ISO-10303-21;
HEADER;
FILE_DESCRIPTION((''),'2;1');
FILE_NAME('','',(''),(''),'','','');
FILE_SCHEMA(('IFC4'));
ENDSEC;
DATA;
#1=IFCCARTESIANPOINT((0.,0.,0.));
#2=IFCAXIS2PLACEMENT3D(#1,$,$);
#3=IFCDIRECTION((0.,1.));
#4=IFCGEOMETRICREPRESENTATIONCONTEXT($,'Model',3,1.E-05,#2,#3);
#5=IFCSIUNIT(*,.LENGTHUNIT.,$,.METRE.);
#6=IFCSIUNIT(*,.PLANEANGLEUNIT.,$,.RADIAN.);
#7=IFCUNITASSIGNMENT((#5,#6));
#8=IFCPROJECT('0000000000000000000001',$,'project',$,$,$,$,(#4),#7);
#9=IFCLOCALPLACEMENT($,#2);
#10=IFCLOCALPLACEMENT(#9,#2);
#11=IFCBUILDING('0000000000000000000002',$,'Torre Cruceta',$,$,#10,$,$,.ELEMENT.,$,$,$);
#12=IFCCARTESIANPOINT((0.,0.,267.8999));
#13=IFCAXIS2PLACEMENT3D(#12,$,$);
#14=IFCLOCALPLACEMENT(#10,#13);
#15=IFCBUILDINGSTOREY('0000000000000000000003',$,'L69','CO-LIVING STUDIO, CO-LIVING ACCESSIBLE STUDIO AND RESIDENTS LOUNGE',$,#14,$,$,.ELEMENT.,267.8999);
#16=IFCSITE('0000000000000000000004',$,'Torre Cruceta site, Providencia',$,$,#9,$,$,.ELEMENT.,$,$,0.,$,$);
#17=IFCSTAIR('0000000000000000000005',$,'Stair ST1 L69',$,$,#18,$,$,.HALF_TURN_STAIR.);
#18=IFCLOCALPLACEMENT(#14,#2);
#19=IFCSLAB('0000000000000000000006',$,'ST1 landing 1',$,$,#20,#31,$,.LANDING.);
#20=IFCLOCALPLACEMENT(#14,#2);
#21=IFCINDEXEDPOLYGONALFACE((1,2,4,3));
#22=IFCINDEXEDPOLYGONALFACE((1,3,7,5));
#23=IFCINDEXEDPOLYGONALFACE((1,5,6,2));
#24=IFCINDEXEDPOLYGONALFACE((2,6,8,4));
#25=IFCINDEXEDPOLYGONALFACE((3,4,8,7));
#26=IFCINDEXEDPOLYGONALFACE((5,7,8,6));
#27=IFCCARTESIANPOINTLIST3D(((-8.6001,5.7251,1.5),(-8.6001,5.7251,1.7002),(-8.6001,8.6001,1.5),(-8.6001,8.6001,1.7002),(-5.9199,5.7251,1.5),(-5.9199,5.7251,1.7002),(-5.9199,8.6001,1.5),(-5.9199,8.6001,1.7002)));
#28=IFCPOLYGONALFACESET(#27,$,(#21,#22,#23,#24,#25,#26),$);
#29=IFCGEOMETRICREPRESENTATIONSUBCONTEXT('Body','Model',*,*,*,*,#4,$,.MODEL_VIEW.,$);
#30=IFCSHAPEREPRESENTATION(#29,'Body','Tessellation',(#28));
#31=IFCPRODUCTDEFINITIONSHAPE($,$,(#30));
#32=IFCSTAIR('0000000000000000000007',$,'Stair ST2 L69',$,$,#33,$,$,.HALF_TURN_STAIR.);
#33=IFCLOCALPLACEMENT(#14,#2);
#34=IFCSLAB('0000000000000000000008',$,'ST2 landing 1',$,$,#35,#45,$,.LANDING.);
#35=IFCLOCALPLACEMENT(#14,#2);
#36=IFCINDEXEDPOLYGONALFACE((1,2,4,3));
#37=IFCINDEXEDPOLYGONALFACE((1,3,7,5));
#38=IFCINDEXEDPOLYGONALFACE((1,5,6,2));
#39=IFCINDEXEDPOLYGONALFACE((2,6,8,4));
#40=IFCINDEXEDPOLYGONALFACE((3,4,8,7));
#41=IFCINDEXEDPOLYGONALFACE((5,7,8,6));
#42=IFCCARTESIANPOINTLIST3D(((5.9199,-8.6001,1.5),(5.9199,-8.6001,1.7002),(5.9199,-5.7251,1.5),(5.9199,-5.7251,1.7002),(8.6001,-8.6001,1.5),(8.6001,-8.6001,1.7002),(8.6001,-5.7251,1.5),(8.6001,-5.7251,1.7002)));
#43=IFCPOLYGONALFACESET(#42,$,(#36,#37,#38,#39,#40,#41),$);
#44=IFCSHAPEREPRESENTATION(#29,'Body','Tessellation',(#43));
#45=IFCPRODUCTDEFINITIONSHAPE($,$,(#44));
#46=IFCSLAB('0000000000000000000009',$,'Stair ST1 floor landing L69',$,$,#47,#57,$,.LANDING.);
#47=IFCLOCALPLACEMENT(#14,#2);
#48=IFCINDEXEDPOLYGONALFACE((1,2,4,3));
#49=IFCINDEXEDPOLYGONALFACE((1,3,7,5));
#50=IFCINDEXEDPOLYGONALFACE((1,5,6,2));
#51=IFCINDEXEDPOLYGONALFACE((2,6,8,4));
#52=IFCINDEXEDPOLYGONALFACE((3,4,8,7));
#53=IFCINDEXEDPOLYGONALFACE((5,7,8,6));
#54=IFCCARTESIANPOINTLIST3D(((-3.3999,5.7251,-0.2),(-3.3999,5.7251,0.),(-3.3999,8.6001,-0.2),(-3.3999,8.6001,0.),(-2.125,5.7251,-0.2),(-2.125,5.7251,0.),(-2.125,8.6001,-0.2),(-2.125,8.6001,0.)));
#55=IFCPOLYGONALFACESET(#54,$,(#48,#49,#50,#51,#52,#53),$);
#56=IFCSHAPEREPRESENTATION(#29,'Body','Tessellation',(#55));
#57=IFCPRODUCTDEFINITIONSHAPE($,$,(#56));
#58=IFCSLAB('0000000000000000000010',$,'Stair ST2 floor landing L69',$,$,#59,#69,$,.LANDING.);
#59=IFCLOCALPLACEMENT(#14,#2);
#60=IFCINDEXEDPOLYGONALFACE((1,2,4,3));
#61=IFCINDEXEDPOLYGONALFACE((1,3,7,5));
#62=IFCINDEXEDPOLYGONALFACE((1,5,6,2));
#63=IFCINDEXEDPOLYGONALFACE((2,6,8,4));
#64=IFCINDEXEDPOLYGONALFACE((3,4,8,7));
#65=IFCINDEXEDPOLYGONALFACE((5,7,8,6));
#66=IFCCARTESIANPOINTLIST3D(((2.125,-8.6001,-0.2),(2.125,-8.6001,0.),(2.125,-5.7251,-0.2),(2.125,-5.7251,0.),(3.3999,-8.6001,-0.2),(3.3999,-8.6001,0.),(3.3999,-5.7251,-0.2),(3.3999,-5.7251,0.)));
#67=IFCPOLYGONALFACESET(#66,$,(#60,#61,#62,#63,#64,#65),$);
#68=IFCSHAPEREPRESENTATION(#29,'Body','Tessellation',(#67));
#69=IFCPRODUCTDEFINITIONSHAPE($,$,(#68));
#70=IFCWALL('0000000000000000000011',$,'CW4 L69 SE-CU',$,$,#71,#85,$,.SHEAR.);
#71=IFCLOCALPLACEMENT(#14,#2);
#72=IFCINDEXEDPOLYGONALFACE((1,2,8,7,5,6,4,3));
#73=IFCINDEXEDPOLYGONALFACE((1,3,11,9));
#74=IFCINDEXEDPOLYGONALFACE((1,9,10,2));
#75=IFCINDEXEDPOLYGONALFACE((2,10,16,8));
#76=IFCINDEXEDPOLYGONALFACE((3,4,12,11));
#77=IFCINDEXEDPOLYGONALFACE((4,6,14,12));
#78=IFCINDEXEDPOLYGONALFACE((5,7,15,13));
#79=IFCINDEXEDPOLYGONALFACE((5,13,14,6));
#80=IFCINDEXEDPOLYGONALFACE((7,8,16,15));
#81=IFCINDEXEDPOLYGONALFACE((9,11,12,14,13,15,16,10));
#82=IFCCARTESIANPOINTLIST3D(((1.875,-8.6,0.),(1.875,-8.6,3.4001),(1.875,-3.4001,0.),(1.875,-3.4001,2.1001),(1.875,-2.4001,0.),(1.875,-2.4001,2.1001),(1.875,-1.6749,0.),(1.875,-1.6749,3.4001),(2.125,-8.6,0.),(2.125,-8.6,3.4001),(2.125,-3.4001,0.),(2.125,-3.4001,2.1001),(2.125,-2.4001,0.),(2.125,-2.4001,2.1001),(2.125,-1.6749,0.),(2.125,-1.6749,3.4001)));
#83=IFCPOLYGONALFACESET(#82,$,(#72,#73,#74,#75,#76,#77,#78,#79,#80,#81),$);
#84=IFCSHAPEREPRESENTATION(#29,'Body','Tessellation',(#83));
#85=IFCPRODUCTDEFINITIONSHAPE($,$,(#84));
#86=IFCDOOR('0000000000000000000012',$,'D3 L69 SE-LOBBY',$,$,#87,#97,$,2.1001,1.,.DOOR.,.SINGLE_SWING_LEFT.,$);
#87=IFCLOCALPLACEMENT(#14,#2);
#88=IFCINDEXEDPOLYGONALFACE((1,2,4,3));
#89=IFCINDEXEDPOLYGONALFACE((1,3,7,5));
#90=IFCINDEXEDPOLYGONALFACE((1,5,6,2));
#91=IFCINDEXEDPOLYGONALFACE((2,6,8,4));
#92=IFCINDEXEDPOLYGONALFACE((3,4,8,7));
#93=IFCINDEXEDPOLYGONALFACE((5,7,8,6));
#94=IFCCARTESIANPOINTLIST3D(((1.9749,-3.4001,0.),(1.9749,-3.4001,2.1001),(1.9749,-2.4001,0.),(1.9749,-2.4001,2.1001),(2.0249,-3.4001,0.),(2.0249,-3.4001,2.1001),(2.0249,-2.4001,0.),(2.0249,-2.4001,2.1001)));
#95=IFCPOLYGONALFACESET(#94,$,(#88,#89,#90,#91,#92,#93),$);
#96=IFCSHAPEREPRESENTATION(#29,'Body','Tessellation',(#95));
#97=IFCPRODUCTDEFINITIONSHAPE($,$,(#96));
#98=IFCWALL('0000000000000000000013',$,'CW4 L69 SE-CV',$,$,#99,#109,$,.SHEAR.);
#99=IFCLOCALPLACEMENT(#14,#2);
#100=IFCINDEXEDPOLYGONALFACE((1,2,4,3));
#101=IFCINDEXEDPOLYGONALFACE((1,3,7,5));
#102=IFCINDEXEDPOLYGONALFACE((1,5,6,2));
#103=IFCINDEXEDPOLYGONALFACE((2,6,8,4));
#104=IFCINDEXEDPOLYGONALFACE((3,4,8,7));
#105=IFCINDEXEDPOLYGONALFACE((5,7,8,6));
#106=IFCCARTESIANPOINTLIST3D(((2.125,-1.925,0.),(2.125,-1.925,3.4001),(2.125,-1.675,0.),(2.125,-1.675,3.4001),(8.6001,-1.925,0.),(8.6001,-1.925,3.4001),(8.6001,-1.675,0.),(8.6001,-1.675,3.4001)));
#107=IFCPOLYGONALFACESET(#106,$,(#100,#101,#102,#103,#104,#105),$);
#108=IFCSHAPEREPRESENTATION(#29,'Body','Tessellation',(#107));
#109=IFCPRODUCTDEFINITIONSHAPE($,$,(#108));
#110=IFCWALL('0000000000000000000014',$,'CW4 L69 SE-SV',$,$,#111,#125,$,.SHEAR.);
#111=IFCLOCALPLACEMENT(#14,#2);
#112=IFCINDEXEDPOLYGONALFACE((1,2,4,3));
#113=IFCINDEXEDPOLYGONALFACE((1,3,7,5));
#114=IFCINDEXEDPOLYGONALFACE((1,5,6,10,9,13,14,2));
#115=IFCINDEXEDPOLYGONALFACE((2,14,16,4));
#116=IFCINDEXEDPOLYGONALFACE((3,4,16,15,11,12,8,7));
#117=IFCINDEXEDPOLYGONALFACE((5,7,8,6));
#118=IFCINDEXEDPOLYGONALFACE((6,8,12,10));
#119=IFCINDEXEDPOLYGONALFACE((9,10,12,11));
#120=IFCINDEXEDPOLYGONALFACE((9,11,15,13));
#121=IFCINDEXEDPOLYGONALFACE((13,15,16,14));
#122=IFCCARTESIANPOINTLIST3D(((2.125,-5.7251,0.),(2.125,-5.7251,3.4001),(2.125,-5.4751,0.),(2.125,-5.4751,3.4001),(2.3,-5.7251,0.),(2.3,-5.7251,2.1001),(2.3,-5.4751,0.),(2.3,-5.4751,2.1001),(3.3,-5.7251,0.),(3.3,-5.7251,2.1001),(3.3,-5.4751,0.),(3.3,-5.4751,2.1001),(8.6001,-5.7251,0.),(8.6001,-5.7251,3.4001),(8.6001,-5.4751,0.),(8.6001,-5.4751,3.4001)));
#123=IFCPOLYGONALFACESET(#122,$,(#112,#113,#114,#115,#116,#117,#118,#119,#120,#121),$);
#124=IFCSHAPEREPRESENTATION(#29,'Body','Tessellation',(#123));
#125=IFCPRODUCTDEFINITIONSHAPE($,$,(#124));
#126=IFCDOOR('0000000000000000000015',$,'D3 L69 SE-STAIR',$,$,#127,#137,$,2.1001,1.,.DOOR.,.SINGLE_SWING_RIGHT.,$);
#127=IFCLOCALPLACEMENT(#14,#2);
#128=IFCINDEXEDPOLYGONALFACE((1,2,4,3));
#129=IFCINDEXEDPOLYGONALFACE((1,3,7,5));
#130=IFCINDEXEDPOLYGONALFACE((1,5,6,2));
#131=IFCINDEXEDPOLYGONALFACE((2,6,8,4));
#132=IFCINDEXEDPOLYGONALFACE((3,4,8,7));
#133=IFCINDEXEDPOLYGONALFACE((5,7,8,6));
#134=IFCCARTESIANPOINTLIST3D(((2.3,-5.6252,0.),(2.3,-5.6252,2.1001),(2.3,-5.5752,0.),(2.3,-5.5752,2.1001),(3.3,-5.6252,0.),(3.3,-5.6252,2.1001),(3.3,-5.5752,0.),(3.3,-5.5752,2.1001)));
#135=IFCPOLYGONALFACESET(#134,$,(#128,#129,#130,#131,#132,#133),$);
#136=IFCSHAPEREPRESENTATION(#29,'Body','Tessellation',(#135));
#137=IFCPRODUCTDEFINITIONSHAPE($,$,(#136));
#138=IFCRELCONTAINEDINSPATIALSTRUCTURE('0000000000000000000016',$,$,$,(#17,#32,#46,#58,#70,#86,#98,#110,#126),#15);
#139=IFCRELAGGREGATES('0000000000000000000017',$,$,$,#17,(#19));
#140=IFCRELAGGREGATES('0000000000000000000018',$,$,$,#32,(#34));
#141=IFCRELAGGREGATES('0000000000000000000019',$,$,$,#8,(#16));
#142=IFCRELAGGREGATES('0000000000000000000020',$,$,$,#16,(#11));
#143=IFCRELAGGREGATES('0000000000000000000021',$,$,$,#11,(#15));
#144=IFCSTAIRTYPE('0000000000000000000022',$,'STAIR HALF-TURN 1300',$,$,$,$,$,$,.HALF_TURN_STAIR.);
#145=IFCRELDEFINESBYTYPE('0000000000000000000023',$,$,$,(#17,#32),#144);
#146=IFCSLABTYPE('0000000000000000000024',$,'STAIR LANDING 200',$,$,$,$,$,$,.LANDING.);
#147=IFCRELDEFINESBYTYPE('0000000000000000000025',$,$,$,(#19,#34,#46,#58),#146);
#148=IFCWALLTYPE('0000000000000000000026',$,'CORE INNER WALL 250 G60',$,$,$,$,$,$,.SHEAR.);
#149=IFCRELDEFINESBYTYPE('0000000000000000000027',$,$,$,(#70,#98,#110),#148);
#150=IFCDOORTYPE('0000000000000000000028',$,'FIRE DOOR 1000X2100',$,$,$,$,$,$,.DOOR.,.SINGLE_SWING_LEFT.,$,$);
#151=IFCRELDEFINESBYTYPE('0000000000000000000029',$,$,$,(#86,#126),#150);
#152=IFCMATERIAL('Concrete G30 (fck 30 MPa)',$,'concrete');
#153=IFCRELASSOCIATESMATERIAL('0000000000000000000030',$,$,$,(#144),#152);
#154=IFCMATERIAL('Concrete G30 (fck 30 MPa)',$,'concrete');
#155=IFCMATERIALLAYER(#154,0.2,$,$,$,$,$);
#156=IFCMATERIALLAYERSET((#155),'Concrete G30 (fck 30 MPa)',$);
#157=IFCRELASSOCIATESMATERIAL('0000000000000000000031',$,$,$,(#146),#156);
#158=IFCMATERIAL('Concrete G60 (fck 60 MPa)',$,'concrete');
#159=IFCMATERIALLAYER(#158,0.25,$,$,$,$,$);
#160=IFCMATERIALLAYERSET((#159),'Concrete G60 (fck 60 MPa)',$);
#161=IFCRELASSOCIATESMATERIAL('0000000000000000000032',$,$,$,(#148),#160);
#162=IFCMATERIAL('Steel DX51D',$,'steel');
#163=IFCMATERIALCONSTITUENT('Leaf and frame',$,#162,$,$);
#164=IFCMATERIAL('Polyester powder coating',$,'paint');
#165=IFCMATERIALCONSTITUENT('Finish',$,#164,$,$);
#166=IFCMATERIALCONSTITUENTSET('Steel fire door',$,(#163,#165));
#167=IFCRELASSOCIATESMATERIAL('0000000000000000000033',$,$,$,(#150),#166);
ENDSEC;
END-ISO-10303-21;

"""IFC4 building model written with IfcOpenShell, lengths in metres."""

from ifc_helpers import new_model, si_unit, direction, frame, frame_2d, origin, place, context, subcontext, project, spatial, polyline, rectangle, outline, extrude, material, layer, layer_set, constituent, constituent_set, type_object, element, fill, aggregate, save


model = new_model("IFC4")

# Units and contexts
model_context = context("Model", 3, precision=1e-05, world=origin(), true_north=direction((0.0, 1.0)))
body_context = subcontext(model_context, "Body", "Model", "MODEL_VIEW")
ifc_project = project(units=[si_unit("LENGTHUNIT", "METRE"), si_unit("PLANEANGLEUNIT", "RADIAN")], contexts=[model_context])

# Site, building, storey
site_placement = place(None, origin())
site = spatial("IfcSite", under=ifc_project, at=site_placement, Name="Torre Cruceta site, Providencia", CompositionType="ELEMENT", RefElevation=0.0)
building_placement = place(site_placement, origin())
building = spatial("IfcBuilding", under=site, at=building_placement, Name="Torre Cruceta", CompositionType="ELEMENT")
storey_placement = place(building_placement, frame((0.0, 0.0, 267.8999)))
storey = spatial("IfcBuildingStorey", under=building, at=storey_placement, Name="L69", Description="CO-LIVING STUDIO, CO-LIVING ACCESSIBLE STUDIO AND RESIDENTS LOUNGE", CompositionType="ELEMENT", Elevation=267.8999)

# Stairs, slabs
ifc_material_1 = material(Name="Concrete G30 (fck 30 MPa)", Category="concrete")
stair_type = type_object("IfcStairType", Name="STAIR HALF-TURN 1300", PredefinedType="HALF_TURN_STAIR", material=ifc_material_1)
stair_1_placement = place(storey_placement, origin())
stair_1 = element("IfcStair", 1, at=stair_1_placement, inside=storey, type_object=stair_type, Name="Stair ST1 L69", PredefinedType="HALF_TURN_STAIR")
ifc_material_2 = material(Name="Concrete G30 (fck 30 MPa)", Category="concrete")
ifc_layer_1 = layer(ifc_material_2, 0.2)
ifc_layer_set_1 = layer_set([ifc_layer_1], Name="Concrete G30 (fck 30 MPa)")
slab_type = type_object("IfcSlabType", Name="STAIR LANDING 200", PredefinedType="LANDING", material=ifc_layer_set_1)
slab_1_placement = place(storey_placement, frame((0.0, 0.0, 1.5)))
slab_1 = element("IfcSlab", 2, at=slab_1_placement, type_object=slab_type, Name="ST1 landing 1", PredefinedType="LANDING", context=body_context, shape_type="SweptSolid", body=[
    extrude(outline(polyline([(-8.6001, 5.7251), (-5.9199, 5.7251), (-5.9199, 8.6001), (-8.6001, 8.6001), (-8.6001, 5.7251)])), origin(), (0.0, 0.0, 1.0), 0.2002),
])
aggregate(stair_1, [slab_1])
stair_2_placement = place(storey_placement, origin())
stair_2 = element("IfcStair", 3, at=stair_2_placement, inside=storey, type_object=stair_type, Name="Stair ST2 L69", PredefinedType="HALF_TURN_STAIR")
slab_2_placement = place(storey_placement, frame((0.0, 0.0, 1.5)))
slab_2 = element("IfcSlab", 4, at=slab_2_placement, type_object=slab_type, Name="ST2 landing 1", PredefinedType="LANDING", context=body_context, shape_type="SweptSolid", body=[
    extrude(outline(polyline([(5.9199, -8.6001), (8.6001, -8.6001), (8.6001, -5.7251), (5.9199, -5.7251), (5.9199, -8.6001)])), origin(), (0.0, 0.0, 1.0), 0.2002),
])

# Slabs
slab_3_placement = place(storey_placement, frame((0.0, 0.0, -0.2)))
element("IfcSlab", 5, at=slab_3_placement, inside=storey, type_object=slab_type, Name="Stair ST1 floor landing L69", PredefinedType="LANDING", context=body_context, shape_type="SweptSolid", body=[
    extrude(outline(polyline([(-2.125, 8.6001), (-2.125, 5.7251), (-3.3999, 5.7251), (-3.3999, 8.6001), (-2.125, 8.6001)])), origin(), (0.0, 0.0, 1.0), 0.2),
])
slab_4_placement = place(storey_placement, frame((0.0, 0.0, -0.2)))
element("IfcSlab", 6, at=slab_4_placement, inside=storey, type_object=slab_type, Name="Stair ST2 floor landing L69", PredefinedType="LANDING", context=body_context, shape_type="SweptSolid", body=[
    extrude(outline(polyline([(2.125, -8.6001), (2.125, -5.7251), (3.3999, -5.7251), (3.3999, -8.6001), (2.125, -8.6001)])), origin(), (0.0, 0.0, 1.0), 0.2),
])

# Wall, opening, door
ifc_material_3 = material(Name="Concrete G60 (fck 60 MPa)", Category="concrete")
ifc_layer_2 = layer(ifc_material_3, 0.25)
ifc_layer_set_2 = layer_set([ifc_layer_2], Name="Concrete G60 (fck 60 MPa)")
wall_type_1 = type_object("IfcWallType", Name="CORE INNER WALL 250 G60", PredefinedType="SHEAR", material=ifc_layer_set_2)
wall_1_placement = place(storey_placement, frame((2.0, -1.675, 0.0), z_axis=(0.0, 0.0, 1.0), x_axis=(0.0, -1.0, 0.0)))
wall_1 = element("IfcWall", 7, at=wall_1_placement, inside=storey, type_object=wall_type_1, Name="CW4 L69 SE-CU", PredefinedType="SHEAR", context=body_context, shape_type="SweptSolid", body=[
    extrude(rectangle(XDim=6.925, YDim=0.25, at=frame_2d((3.4624, 0.0))), origin(), (0.0, 0.0, 1.0), 3.4001),
])
opening_1_placement = place(wall_1_placement, frame((0.7251, 0.0, 0.0)))
opening_1 = element("IfcOpeningElement", 8, at=opening_1_placement, cuts=wall_1, PredefinedType="OPENING", context=body_context, shape_type="SweptSolid", body=[
    extrude(rectangle(XDim=1.0, YDim=2.1001, at=frame_2d((0.5, 1.05))), frame((0.0, 0.135, 0.0), z_axis=(0.0, -1.0, 0.0), x_axis=(1.0, 0.0, 0.0)), (0.0, 0.0, 1.0), 0.27),
])
ifc_material_4 = material(Name="Steel DX51D", Category="steel")
ifc_constituent_1 = constituent(ifc_material_4, Name="Leaf and frame")
ifc_material_5 = material(Name="Polyester powder coating", Category="paint")
ifc_constituent_2 = constituent(ifc_material_5, Name="Finish")
ifc_constituent_set_1 = constituent_set(constituents=[ifc_constituent_1, ifc_constituent_2], Name="Steel fire door")
door_type_1 = type_object("IfcDoorType", Name="FIRE DOOR 1000X2100", OperationType="SINGLE_SWING_LEFT", PredefinedType="DOOR", material=ifc_constituent_set_1)
door_1_placement = place(opening_1_placement, origin())
door_1 = element("IfcDoor", 9, at=door_1_placement, inside=storey, type_object=door_type_1, Name="D3 L69 SE-LOBBY", OperationType="SINGLE_SWING_LEFT", OverallHeight=2.1001, OverallWidth=1.0, PredefinedType="DOOR", context=body_context, shape_type="SweptSolid", body=[
    extrude(rectangle(XDim=1.0, YDim=2.1001, at=frame_2d((0.5, 1.05))), frame((0.0, 0.0249, 0.0), z_axis=(0.0, -1.0, 0.0), x_axis=(1.0, 0.0, 0.0)), (0.0, 0.0, 1.0), 0.05),
])
fill(opening_1, door_1)

# Wall
wall_2_placement = place(storey_placement, frame((2.125, -1.8, 0.0), z_axis=(0.0, 0.0, 1.0), x_axis=(1.0, 0.0, 0.0)))
element("IfcWall", 10, at=wall_2_placement, inside=storey, type_object=wall_type_1, Name="CW4 L69 SE-CV", PredefinedType="SHEAR", context=body_context, shape_type="SweptSolid", body=[
    extrude(rectangle(XDim=6.4751, YDim=0.25, at=frame_2d((3.2375, 0.0))), origin(), (0.0, 0.0, 1.0), 3.4001),
])

# Wall, opening, door
wall_3_placement = place(storey_placement, frame((2.125, -5.6001, 0.0), z_axis=(0.0, 0.0, 1.0), x_axis=(1.0, 0.0, 0.0)))
wall_3 = element("IfcWall", 11, at=wall_3_placement, inside=storey, type_object=wall_type_1, Name="CW4 L69 SE-SV", PredefinedType="SHEAR", context=body_context, shape_type="SweptSolid", body=[
    extrude(rectangle(XDim=6.4751, YDim=0.25, at=frame_2d((3.2375, 0.0))), origin(), (0.0, 0.0, 1.0), 3.4001),
])
opening_2_placement = place(wall_3_placement, frame((0.175, 0.0, 0.0)))
opening_2 = element("IfcOpeningElement", 12, at=opening_2_placement, cuts=wall_3, PredefinedType="OPENING", context=body_context, shape_type="SweptSolid", body=[
    extrude(rectangle(XDim=1.0, YDim=2.1001, at=frame_2d((0.5, 1.05))), frame((0.0, 0.135, 0.0), z_axis=(0.0, -1.0, 0.0), x_axis=(1.0, 0.0, 0.0)), (0.0, 0.0, 1.0), 0.27),
])
door_2_placement = place(opening_2_placement, frame((1.0, 0.0, 0.0), z_axis=(0.0, 0.0, 1.0), x_axis=(-1.0, 0.0, 0.0)))
door_2 = element("IfcDoor", 13, at=door_2_placement, inside=storey, type_object=door_type_1, Name="D3 L69 SE-STAIR", OperationType="SINGLE_SWING_RIGHT", OverallHeight=2.1001, OverallWidth=1.0, PredefinedType="DOOR", context=body_context, shape_type="SweptSolid", body=[
    extrude(rectangle(XDim=1.0, YDim=2.1001, at=frame_2d((0.5, 1.05))), frame((0.0, 0.0251, 0.0), z_axis=(0.0, -1.0, 0.0), x_axis=(1.0, 0.0, 0.0)), (0.0, 0.0, 1.0), 0.05),
])
fill(opening_2, door_2)

aggregate(stair_2, [slab_2])

save(model, "model.ifc")
